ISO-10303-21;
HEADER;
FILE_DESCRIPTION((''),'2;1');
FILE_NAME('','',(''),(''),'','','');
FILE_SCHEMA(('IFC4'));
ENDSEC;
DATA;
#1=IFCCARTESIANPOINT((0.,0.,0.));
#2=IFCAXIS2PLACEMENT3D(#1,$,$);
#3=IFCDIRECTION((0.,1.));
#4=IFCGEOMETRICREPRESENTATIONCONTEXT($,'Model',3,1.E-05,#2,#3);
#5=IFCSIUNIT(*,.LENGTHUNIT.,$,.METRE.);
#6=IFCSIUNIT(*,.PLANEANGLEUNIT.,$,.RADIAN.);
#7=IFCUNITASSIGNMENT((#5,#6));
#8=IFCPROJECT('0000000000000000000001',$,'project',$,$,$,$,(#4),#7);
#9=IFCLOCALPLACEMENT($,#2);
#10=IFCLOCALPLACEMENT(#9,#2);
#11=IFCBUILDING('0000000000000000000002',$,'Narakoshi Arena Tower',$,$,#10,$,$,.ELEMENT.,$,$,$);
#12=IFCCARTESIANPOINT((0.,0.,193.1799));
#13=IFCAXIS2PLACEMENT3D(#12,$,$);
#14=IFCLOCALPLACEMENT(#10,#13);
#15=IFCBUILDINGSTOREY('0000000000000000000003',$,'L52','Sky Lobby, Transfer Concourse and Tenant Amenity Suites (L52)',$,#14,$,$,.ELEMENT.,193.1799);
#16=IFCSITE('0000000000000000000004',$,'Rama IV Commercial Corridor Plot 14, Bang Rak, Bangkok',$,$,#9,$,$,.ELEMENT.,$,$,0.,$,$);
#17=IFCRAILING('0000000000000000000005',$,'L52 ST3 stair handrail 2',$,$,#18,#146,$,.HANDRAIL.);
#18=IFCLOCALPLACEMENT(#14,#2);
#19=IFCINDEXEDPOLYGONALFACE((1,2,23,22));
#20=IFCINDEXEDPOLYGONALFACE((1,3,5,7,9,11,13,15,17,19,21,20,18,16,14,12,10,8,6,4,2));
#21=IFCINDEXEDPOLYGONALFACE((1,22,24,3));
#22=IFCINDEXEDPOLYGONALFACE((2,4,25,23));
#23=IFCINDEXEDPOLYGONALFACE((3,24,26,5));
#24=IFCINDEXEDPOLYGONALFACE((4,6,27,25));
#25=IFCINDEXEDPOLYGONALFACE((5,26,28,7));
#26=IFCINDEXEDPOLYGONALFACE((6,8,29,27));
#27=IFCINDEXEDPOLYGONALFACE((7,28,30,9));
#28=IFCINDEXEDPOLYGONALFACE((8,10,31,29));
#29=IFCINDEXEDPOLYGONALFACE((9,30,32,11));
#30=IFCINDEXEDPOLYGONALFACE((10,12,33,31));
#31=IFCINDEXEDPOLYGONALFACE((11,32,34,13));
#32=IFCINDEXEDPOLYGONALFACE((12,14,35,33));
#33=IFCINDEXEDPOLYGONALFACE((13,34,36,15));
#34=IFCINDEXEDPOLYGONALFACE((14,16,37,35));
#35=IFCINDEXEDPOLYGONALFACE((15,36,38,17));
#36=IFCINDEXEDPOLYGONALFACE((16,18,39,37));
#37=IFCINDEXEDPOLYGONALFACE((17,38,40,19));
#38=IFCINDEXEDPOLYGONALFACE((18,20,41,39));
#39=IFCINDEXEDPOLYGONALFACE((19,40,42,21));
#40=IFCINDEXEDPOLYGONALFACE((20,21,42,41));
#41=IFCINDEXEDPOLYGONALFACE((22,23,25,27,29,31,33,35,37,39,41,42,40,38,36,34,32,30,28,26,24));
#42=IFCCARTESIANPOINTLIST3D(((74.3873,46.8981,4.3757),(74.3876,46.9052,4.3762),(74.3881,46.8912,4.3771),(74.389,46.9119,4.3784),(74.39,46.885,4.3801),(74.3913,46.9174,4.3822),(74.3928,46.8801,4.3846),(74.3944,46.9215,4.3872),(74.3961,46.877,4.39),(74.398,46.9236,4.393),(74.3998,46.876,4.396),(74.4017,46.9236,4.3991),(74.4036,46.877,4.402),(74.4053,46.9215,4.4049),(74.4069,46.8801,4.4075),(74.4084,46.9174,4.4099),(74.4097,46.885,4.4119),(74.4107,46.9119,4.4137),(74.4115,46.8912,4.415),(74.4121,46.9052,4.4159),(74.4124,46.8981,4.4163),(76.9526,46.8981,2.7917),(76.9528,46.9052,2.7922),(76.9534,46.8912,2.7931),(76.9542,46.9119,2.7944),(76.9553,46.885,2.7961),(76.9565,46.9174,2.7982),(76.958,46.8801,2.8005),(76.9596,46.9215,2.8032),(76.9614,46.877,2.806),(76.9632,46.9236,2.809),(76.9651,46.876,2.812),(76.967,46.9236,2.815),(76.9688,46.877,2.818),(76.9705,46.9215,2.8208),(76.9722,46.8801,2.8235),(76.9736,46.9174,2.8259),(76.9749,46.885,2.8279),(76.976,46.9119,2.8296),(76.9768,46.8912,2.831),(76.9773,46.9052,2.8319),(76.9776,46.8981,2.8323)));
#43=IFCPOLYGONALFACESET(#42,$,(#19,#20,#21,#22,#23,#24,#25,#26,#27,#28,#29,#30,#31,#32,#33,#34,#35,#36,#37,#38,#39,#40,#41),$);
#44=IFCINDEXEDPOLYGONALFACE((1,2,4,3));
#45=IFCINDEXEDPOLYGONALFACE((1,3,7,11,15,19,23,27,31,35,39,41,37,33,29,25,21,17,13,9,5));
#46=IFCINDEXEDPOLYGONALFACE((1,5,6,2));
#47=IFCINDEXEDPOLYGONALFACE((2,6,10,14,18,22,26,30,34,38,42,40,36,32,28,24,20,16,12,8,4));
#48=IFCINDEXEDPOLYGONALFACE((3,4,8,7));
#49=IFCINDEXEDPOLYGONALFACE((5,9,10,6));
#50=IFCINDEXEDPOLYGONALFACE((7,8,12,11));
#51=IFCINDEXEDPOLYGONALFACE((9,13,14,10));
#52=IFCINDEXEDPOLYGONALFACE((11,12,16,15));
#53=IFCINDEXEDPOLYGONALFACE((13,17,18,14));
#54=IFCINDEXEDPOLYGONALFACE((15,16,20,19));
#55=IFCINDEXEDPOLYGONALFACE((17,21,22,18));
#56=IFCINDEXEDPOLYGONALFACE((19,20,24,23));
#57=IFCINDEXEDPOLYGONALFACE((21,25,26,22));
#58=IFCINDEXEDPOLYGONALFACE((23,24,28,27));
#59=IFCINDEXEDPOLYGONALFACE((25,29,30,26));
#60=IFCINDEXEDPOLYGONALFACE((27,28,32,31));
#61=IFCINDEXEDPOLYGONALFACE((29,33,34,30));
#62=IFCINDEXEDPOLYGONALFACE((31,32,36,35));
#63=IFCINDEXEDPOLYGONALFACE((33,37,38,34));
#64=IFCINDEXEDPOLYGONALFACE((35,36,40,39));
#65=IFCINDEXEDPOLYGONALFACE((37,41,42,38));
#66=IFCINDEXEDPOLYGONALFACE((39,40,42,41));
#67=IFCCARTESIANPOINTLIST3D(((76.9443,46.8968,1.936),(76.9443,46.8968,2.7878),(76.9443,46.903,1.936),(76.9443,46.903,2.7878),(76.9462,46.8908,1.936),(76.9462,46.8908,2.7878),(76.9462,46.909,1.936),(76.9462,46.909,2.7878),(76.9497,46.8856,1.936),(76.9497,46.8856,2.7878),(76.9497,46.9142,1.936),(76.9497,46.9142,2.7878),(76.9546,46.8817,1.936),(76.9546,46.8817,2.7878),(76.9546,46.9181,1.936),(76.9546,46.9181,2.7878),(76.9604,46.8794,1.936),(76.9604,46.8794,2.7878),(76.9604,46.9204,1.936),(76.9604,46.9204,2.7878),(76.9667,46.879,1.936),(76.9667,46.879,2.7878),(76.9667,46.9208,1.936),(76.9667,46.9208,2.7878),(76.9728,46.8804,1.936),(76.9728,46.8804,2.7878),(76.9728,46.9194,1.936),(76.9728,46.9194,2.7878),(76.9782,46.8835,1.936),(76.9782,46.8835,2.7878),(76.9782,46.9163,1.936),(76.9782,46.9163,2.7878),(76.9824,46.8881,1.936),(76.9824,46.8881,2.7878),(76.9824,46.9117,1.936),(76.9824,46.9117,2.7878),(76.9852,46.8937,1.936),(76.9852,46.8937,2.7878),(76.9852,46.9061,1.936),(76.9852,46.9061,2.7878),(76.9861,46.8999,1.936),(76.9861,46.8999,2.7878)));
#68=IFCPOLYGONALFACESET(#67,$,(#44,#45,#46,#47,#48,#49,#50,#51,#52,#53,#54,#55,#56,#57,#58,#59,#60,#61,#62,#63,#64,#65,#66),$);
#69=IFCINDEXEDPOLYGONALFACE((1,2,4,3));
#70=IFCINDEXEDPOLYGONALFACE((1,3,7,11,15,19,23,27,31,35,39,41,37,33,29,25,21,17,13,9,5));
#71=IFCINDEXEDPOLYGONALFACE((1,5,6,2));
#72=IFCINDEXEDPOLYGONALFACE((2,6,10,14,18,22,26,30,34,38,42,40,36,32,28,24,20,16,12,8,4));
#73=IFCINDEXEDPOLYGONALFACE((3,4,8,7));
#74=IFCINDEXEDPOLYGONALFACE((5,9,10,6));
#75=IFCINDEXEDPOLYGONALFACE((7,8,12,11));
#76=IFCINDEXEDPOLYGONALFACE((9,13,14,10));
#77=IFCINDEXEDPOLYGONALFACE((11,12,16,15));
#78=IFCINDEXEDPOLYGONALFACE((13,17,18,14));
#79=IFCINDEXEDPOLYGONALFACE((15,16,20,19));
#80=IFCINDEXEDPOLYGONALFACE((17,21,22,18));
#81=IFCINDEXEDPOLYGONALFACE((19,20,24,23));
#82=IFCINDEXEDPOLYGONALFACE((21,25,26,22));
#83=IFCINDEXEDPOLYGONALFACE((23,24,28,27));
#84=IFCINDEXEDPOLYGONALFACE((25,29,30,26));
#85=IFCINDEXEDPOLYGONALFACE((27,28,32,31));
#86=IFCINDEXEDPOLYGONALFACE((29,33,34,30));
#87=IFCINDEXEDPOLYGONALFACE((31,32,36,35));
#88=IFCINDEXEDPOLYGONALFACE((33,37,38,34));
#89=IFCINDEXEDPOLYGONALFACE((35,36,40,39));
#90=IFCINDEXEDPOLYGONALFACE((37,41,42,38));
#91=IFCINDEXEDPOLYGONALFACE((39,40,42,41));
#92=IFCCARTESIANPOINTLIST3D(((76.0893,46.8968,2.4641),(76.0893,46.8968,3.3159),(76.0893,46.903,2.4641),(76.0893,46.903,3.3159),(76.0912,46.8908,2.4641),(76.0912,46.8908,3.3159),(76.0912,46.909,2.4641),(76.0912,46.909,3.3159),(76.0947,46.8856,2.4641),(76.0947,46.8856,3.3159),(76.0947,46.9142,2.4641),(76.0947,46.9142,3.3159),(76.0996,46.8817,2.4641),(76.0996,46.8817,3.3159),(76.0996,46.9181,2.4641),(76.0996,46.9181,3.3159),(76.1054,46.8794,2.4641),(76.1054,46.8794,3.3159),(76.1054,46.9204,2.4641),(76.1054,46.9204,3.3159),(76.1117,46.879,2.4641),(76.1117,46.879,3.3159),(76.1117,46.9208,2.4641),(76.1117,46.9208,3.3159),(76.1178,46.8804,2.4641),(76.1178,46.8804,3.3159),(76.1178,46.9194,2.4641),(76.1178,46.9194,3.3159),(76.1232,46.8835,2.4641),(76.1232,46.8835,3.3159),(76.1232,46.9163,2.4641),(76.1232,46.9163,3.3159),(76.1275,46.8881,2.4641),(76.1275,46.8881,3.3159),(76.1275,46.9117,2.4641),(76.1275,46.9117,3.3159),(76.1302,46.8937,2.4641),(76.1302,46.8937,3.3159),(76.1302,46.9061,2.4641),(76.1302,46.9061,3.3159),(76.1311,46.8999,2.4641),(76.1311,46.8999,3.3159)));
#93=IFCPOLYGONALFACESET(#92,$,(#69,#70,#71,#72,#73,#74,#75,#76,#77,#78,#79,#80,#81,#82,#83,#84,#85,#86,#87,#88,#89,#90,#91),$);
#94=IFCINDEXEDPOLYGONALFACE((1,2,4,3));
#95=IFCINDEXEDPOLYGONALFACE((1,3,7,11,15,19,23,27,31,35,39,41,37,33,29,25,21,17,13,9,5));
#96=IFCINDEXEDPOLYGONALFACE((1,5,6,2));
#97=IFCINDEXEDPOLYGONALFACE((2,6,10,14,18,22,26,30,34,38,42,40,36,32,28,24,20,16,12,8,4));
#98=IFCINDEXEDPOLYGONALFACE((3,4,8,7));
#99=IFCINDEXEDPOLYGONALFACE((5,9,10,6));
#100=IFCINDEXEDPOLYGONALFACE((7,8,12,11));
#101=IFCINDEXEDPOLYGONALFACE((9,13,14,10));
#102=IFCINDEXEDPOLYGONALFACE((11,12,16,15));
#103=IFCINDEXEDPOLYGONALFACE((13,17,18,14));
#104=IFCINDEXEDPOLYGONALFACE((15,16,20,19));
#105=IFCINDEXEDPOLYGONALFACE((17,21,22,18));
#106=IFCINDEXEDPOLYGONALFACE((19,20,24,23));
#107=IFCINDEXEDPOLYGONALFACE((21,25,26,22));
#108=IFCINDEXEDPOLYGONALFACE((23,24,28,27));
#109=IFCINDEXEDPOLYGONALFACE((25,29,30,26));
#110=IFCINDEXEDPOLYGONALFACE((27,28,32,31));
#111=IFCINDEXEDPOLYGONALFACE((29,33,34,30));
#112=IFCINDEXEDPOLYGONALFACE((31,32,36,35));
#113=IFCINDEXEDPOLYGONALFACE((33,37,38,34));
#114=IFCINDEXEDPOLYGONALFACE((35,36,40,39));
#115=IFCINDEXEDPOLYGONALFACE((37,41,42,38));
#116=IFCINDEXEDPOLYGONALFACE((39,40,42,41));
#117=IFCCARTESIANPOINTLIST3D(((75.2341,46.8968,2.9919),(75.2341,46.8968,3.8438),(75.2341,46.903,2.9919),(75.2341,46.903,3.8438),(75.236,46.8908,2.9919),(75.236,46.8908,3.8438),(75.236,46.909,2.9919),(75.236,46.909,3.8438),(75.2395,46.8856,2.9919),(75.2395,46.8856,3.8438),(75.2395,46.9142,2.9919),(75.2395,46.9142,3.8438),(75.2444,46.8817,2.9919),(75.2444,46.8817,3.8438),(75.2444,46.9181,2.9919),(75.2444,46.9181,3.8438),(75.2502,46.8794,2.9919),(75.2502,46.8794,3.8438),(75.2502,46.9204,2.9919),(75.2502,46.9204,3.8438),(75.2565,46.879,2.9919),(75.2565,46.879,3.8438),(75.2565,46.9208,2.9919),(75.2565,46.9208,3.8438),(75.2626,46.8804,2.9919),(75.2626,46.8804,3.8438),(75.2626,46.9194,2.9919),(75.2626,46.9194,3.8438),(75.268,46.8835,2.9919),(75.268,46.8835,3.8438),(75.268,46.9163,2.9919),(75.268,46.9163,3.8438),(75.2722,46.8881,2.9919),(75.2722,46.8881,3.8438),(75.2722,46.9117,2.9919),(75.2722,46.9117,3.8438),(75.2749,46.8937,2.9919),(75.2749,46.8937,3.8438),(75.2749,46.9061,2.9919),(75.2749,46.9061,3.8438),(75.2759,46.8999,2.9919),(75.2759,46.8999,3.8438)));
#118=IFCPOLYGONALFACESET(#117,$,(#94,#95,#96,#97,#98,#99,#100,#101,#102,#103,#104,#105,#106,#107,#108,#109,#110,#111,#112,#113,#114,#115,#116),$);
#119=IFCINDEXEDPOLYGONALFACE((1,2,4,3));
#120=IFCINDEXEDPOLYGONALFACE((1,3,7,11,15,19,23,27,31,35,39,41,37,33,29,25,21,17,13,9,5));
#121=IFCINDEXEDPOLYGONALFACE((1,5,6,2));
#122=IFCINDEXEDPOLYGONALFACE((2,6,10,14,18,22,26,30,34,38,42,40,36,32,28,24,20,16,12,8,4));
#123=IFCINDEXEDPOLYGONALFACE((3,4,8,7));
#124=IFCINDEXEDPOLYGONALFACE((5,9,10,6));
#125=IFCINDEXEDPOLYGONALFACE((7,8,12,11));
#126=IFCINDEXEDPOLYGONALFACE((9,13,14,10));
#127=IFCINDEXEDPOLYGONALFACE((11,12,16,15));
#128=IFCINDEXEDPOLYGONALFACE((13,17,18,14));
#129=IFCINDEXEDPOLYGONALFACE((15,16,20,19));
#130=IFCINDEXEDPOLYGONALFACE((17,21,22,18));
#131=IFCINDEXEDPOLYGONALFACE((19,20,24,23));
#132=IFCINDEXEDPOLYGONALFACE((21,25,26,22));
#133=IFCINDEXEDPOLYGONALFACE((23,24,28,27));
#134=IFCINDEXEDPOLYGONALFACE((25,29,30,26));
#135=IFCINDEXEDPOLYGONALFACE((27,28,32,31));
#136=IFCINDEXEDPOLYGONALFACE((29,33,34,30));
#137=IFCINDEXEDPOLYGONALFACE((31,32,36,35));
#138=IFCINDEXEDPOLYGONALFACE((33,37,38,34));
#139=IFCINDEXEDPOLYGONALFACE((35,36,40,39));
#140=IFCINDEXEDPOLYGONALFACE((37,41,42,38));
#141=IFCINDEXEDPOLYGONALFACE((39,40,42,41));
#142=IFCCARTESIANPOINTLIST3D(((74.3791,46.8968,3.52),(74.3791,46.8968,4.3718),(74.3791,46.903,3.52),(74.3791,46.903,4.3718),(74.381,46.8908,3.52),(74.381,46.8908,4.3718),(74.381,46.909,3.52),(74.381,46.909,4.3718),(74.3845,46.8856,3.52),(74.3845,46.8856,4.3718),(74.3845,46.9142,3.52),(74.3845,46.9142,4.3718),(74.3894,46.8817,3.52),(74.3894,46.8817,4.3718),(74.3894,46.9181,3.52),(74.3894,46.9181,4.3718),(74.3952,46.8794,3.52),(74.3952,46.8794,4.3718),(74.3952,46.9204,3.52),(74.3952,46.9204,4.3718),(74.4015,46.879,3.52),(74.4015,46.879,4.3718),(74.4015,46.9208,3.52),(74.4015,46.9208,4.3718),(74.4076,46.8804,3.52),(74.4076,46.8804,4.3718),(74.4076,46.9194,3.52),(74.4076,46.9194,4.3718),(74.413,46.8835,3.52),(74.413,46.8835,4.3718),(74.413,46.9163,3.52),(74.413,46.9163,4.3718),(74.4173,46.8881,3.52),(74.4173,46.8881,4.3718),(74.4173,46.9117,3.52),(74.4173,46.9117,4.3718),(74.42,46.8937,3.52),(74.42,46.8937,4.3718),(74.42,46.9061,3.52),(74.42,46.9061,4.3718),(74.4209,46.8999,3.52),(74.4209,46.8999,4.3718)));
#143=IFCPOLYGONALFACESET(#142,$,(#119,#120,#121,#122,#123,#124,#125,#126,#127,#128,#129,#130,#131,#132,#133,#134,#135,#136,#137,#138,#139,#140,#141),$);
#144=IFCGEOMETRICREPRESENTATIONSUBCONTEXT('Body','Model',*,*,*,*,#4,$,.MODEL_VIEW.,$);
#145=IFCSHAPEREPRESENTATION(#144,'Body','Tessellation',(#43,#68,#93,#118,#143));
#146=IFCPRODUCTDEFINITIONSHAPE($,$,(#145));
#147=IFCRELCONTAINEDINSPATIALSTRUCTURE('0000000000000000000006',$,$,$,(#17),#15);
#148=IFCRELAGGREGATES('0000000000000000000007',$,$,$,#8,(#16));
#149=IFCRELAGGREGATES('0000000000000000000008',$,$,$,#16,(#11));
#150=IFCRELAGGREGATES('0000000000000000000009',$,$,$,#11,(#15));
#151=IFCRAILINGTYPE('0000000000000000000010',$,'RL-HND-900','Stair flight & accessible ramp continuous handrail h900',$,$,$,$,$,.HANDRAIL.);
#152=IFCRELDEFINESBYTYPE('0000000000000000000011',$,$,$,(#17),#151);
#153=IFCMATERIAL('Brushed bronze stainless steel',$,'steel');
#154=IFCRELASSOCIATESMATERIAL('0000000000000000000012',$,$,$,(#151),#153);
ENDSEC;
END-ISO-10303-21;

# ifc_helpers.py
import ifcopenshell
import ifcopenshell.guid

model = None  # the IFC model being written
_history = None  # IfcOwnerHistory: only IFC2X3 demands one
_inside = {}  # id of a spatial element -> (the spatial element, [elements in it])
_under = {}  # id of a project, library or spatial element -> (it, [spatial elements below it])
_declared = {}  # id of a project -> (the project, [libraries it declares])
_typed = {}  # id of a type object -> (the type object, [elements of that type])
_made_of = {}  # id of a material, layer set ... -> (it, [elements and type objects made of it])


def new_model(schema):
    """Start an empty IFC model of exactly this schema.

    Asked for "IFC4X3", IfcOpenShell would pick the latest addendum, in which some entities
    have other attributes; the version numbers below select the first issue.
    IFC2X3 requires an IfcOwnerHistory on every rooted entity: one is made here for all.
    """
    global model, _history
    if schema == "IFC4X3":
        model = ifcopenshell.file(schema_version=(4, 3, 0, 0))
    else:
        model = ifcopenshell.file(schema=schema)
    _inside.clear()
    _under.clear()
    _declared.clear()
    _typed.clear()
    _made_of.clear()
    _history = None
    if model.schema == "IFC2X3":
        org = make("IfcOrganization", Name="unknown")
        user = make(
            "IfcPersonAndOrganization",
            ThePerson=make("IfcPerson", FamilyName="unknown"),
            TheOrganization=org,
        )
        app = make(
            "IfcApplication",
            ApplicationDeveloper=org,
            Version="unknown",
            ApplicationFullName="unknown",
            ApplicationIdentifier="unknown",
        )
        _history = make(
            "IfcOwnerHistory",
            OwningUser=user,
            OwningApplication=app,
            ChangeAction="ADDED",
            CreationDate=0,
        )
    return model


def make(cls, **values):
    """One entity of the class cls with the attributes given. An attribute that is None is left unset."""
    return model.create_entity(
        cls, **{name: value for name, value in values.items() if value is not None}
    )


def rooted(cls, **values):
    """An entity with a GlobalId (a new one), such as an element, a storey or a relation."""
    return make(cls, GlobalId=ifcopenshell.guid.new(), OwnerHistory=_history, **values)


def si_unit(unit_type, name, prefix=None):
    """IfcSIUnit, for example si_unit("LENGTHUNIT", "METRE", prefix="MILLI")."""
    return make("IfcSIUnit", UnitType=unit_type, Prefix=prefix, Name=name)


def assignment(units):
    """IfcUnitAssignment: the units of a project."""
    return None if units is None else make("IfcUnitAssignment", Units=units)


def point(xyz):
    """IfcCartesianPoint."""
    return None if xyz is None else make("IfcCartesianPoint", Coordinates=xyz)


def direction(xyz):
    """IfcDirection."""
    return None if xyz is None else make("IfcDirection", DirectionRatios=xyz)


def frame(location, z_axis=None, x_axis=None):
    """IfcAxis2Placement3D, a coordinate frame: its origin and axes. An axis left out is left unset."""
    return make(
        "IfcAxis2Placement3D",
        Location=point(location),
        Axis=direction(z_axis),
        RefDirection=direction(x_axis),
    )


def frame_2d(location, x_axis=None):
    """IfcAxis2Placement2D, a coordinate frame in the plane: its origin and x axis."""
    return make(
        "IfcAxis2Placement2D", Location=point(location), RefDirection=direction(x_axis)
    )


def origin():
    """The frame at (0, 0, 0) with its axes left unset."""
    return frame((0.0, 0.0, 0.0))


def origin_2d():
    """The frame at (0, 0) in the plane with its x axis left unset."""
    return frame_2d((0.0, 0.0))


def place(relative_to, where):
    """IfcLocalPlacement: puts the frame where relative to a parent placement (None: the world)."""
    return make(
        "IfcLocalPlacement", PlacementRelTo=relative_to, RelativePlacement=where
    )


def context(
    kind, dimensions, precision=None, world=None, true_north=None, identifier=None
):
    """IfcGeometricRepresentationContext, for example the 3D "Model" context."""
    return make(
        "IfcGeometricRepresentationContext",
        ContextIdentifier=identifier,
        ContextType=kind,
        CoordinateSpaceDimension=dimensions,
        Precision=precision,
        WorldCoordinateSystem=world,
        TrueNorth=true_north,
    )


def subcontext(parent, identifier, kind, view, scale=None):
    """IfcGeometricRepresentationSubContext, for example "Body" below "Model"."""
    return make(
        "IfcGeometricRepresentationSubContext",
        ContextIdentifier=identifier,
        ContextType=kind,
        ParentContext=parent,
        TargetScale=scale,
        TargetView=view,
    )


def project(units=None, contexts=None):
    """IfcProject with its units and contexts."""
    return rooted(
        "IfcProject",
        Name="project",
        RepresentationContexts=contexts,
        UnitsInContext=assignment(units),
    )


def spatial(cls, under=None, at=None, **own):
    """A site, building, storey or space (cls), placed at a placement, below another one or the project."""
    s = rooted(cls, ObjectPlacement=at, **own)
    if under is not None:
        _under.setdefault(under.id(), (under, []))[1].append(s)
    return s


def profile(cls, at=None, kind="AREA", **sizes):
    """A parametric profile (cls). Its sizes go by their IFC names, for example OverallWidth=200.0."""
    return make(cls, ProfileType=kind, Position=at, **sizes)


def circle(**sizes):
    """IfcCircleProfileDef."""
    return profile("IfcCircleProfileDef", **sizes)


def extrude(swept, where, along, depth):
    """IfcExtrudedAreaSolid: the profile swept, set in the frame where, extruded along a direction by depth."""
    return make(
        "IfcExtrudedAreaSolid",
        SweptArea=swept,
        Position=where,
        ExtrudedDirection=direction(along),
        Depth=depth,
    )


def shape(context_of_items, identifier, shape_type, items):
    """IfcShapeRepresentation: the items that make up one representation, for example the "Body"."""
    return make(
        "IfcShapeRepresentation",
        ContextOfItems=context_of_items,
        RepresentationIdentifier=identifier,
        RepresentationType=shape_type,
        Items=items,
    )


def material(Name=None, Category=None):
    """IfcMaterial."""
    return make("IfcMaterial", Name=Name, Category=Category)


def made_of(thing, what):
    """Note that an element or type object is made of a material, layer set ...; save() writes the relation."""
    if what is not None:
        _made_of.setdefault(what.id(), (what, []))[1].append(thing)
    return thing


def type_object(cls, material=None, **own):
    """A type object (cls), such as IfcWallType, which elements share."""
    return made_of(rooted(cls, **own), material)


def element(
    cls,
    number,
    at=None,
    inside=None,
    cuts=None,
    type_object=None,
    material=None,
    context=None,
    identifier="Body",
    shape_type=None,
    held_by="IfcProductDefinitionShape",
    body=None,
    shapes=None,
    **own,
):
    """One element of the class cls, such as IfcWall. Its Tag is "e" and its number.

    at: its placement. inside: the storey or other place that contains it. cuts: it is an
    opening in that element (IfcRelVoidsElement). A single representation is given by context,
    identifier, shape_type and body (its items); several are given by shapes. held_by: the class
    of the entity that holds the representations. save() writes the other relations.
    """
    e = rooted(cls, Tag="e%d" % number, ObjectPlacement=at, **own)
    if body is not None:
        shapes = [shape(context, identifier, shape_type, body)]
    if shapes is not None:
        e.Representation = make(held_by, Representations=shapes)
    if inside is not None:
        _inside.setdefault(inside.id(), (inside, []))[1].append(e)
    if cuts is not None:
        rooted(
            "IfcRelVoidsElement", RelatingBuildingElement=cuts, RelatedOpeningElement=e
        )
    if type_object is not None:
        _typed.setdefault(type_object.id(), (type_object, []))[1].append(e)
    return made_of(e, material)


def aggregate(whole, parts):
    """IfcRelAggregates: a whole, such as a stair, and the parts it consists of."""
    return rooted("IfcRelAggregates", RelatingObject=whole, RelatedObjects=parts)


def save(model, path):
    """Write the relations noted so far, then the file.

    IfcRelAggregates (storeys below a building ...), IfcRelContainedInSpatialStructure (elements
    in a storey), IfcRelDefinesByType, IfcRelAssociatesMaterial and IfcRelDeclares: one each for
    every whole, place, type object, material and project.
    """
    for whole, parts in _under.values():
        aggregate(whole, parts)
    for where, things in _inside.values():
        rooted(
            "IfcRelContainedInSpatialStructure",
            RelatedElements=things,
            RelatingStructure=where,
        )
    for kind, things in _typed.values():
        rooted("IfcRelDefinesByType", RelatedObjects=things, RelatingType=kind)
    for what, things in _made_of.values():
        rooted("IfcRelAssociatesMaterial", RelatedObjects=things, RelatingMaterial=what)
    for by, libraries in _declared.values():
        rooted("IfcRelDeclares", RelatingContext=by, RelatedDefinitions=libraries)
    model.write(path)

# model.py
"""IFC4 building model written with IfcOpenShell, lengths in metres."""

from ifc_helpers import new_model, si_unit, direction, frame, origin, origin_2d, place, context, subcontext, project, spatial, circle, extrude, material, type_object, element, save


model = new_model("IFC4")

# Units and contexts
model_context = context("Model", 3, precision=1e-05, world=origin(), true_north=direction((0.0, 1.0)))
body_context = subcontext(model_context, "Body", "Model", "MODEL_VIEW")
ifc_project = project(units=[si_unit("LENGTHUNIT", "METRE"), si_unit("PLANEANGLEUNIT", "RADIAN")], contexts=[model_context])

# Site, building, storey
site_placement = place(None, origin())
site = spatial("IfcSite", under=ifc_project, at=site_placement, Name="Rama IV Commercial Corridor Plot 14, Bang Rak, Bangkok", CompositionType="ELEMENT", RefElevation=0.0)
building_placement = place(site_placement, origin())
building = spatial("IfcBuilding", under=site, at=building_placement, Name="Narakoshi Arena Tower", CompositionType="ELEMENT")
storey_placement = place(building_placement, frame((0.0, 0.0, 193.1799)))
storey = spatial("IfcBuildingStorey", under=building, at=storey_placement, Name="L52", Description="Sky Lobby, Transfer Concourse and Tenant Amenity Suites (L52)", CompositionType="ELEMENT", Elevation=193.1799)

# Shared definitions
ifc_material_1 = material(Name="Brushed bronze stainless steel", Category="steel")

# Railing
railing_type_1 = type_object("IfcRailingType", Name="RL-HND-900", Description="Stair flight & accessible ramp continuous handrail h900", PredefinedType="HANDRAIL", material=ifc_material_1)
railing_1_placement = place(storey_placement, frame((76.9651, 46.8999, 1.936)))
element("IfcRailing", 1, at=railing_1_placement, inside=storey, type_object=railing_type_1, Name="L52 ST3 stair handrail 2", PredefinedType="HANDRAIL", context=body_context, shape_type="SweptSolid", body=[
    extrude(circle(Radius=0.0239, at=origin_2d()), frame((0.0, 0.0, 0.876), z_axis=(-0.850857, 0.0, 0.525398), x_axis=(0.0, -1.0, 0.0)), (0.0, 0.0, 1.0), 3.0149),
    extrude(circle(Radius=0.021, at=origin_2d()), origin(), (0.0, 0.0, 1.0), 0.8518),
    extrude(circle(Radius=0.021, at=origin_2d()), frame((-0.855, 0.0, 0.5281)), (0.0, 0.0, 1.0), 0.8518),
    extrude(circle(Radius=0.021, at=origin_2d()), frame((-1.7102, 0.0, 1.0559)), (0.0, 0.0, 1.0), 0.8518),
    extrude(circle(Radius=0.021, at=origin_2d()), frame((-2.5652, 0.0, 1.584)), (0.0, 0.0, 1.0), 0.8518),
])

save(model, "model.ifc")
